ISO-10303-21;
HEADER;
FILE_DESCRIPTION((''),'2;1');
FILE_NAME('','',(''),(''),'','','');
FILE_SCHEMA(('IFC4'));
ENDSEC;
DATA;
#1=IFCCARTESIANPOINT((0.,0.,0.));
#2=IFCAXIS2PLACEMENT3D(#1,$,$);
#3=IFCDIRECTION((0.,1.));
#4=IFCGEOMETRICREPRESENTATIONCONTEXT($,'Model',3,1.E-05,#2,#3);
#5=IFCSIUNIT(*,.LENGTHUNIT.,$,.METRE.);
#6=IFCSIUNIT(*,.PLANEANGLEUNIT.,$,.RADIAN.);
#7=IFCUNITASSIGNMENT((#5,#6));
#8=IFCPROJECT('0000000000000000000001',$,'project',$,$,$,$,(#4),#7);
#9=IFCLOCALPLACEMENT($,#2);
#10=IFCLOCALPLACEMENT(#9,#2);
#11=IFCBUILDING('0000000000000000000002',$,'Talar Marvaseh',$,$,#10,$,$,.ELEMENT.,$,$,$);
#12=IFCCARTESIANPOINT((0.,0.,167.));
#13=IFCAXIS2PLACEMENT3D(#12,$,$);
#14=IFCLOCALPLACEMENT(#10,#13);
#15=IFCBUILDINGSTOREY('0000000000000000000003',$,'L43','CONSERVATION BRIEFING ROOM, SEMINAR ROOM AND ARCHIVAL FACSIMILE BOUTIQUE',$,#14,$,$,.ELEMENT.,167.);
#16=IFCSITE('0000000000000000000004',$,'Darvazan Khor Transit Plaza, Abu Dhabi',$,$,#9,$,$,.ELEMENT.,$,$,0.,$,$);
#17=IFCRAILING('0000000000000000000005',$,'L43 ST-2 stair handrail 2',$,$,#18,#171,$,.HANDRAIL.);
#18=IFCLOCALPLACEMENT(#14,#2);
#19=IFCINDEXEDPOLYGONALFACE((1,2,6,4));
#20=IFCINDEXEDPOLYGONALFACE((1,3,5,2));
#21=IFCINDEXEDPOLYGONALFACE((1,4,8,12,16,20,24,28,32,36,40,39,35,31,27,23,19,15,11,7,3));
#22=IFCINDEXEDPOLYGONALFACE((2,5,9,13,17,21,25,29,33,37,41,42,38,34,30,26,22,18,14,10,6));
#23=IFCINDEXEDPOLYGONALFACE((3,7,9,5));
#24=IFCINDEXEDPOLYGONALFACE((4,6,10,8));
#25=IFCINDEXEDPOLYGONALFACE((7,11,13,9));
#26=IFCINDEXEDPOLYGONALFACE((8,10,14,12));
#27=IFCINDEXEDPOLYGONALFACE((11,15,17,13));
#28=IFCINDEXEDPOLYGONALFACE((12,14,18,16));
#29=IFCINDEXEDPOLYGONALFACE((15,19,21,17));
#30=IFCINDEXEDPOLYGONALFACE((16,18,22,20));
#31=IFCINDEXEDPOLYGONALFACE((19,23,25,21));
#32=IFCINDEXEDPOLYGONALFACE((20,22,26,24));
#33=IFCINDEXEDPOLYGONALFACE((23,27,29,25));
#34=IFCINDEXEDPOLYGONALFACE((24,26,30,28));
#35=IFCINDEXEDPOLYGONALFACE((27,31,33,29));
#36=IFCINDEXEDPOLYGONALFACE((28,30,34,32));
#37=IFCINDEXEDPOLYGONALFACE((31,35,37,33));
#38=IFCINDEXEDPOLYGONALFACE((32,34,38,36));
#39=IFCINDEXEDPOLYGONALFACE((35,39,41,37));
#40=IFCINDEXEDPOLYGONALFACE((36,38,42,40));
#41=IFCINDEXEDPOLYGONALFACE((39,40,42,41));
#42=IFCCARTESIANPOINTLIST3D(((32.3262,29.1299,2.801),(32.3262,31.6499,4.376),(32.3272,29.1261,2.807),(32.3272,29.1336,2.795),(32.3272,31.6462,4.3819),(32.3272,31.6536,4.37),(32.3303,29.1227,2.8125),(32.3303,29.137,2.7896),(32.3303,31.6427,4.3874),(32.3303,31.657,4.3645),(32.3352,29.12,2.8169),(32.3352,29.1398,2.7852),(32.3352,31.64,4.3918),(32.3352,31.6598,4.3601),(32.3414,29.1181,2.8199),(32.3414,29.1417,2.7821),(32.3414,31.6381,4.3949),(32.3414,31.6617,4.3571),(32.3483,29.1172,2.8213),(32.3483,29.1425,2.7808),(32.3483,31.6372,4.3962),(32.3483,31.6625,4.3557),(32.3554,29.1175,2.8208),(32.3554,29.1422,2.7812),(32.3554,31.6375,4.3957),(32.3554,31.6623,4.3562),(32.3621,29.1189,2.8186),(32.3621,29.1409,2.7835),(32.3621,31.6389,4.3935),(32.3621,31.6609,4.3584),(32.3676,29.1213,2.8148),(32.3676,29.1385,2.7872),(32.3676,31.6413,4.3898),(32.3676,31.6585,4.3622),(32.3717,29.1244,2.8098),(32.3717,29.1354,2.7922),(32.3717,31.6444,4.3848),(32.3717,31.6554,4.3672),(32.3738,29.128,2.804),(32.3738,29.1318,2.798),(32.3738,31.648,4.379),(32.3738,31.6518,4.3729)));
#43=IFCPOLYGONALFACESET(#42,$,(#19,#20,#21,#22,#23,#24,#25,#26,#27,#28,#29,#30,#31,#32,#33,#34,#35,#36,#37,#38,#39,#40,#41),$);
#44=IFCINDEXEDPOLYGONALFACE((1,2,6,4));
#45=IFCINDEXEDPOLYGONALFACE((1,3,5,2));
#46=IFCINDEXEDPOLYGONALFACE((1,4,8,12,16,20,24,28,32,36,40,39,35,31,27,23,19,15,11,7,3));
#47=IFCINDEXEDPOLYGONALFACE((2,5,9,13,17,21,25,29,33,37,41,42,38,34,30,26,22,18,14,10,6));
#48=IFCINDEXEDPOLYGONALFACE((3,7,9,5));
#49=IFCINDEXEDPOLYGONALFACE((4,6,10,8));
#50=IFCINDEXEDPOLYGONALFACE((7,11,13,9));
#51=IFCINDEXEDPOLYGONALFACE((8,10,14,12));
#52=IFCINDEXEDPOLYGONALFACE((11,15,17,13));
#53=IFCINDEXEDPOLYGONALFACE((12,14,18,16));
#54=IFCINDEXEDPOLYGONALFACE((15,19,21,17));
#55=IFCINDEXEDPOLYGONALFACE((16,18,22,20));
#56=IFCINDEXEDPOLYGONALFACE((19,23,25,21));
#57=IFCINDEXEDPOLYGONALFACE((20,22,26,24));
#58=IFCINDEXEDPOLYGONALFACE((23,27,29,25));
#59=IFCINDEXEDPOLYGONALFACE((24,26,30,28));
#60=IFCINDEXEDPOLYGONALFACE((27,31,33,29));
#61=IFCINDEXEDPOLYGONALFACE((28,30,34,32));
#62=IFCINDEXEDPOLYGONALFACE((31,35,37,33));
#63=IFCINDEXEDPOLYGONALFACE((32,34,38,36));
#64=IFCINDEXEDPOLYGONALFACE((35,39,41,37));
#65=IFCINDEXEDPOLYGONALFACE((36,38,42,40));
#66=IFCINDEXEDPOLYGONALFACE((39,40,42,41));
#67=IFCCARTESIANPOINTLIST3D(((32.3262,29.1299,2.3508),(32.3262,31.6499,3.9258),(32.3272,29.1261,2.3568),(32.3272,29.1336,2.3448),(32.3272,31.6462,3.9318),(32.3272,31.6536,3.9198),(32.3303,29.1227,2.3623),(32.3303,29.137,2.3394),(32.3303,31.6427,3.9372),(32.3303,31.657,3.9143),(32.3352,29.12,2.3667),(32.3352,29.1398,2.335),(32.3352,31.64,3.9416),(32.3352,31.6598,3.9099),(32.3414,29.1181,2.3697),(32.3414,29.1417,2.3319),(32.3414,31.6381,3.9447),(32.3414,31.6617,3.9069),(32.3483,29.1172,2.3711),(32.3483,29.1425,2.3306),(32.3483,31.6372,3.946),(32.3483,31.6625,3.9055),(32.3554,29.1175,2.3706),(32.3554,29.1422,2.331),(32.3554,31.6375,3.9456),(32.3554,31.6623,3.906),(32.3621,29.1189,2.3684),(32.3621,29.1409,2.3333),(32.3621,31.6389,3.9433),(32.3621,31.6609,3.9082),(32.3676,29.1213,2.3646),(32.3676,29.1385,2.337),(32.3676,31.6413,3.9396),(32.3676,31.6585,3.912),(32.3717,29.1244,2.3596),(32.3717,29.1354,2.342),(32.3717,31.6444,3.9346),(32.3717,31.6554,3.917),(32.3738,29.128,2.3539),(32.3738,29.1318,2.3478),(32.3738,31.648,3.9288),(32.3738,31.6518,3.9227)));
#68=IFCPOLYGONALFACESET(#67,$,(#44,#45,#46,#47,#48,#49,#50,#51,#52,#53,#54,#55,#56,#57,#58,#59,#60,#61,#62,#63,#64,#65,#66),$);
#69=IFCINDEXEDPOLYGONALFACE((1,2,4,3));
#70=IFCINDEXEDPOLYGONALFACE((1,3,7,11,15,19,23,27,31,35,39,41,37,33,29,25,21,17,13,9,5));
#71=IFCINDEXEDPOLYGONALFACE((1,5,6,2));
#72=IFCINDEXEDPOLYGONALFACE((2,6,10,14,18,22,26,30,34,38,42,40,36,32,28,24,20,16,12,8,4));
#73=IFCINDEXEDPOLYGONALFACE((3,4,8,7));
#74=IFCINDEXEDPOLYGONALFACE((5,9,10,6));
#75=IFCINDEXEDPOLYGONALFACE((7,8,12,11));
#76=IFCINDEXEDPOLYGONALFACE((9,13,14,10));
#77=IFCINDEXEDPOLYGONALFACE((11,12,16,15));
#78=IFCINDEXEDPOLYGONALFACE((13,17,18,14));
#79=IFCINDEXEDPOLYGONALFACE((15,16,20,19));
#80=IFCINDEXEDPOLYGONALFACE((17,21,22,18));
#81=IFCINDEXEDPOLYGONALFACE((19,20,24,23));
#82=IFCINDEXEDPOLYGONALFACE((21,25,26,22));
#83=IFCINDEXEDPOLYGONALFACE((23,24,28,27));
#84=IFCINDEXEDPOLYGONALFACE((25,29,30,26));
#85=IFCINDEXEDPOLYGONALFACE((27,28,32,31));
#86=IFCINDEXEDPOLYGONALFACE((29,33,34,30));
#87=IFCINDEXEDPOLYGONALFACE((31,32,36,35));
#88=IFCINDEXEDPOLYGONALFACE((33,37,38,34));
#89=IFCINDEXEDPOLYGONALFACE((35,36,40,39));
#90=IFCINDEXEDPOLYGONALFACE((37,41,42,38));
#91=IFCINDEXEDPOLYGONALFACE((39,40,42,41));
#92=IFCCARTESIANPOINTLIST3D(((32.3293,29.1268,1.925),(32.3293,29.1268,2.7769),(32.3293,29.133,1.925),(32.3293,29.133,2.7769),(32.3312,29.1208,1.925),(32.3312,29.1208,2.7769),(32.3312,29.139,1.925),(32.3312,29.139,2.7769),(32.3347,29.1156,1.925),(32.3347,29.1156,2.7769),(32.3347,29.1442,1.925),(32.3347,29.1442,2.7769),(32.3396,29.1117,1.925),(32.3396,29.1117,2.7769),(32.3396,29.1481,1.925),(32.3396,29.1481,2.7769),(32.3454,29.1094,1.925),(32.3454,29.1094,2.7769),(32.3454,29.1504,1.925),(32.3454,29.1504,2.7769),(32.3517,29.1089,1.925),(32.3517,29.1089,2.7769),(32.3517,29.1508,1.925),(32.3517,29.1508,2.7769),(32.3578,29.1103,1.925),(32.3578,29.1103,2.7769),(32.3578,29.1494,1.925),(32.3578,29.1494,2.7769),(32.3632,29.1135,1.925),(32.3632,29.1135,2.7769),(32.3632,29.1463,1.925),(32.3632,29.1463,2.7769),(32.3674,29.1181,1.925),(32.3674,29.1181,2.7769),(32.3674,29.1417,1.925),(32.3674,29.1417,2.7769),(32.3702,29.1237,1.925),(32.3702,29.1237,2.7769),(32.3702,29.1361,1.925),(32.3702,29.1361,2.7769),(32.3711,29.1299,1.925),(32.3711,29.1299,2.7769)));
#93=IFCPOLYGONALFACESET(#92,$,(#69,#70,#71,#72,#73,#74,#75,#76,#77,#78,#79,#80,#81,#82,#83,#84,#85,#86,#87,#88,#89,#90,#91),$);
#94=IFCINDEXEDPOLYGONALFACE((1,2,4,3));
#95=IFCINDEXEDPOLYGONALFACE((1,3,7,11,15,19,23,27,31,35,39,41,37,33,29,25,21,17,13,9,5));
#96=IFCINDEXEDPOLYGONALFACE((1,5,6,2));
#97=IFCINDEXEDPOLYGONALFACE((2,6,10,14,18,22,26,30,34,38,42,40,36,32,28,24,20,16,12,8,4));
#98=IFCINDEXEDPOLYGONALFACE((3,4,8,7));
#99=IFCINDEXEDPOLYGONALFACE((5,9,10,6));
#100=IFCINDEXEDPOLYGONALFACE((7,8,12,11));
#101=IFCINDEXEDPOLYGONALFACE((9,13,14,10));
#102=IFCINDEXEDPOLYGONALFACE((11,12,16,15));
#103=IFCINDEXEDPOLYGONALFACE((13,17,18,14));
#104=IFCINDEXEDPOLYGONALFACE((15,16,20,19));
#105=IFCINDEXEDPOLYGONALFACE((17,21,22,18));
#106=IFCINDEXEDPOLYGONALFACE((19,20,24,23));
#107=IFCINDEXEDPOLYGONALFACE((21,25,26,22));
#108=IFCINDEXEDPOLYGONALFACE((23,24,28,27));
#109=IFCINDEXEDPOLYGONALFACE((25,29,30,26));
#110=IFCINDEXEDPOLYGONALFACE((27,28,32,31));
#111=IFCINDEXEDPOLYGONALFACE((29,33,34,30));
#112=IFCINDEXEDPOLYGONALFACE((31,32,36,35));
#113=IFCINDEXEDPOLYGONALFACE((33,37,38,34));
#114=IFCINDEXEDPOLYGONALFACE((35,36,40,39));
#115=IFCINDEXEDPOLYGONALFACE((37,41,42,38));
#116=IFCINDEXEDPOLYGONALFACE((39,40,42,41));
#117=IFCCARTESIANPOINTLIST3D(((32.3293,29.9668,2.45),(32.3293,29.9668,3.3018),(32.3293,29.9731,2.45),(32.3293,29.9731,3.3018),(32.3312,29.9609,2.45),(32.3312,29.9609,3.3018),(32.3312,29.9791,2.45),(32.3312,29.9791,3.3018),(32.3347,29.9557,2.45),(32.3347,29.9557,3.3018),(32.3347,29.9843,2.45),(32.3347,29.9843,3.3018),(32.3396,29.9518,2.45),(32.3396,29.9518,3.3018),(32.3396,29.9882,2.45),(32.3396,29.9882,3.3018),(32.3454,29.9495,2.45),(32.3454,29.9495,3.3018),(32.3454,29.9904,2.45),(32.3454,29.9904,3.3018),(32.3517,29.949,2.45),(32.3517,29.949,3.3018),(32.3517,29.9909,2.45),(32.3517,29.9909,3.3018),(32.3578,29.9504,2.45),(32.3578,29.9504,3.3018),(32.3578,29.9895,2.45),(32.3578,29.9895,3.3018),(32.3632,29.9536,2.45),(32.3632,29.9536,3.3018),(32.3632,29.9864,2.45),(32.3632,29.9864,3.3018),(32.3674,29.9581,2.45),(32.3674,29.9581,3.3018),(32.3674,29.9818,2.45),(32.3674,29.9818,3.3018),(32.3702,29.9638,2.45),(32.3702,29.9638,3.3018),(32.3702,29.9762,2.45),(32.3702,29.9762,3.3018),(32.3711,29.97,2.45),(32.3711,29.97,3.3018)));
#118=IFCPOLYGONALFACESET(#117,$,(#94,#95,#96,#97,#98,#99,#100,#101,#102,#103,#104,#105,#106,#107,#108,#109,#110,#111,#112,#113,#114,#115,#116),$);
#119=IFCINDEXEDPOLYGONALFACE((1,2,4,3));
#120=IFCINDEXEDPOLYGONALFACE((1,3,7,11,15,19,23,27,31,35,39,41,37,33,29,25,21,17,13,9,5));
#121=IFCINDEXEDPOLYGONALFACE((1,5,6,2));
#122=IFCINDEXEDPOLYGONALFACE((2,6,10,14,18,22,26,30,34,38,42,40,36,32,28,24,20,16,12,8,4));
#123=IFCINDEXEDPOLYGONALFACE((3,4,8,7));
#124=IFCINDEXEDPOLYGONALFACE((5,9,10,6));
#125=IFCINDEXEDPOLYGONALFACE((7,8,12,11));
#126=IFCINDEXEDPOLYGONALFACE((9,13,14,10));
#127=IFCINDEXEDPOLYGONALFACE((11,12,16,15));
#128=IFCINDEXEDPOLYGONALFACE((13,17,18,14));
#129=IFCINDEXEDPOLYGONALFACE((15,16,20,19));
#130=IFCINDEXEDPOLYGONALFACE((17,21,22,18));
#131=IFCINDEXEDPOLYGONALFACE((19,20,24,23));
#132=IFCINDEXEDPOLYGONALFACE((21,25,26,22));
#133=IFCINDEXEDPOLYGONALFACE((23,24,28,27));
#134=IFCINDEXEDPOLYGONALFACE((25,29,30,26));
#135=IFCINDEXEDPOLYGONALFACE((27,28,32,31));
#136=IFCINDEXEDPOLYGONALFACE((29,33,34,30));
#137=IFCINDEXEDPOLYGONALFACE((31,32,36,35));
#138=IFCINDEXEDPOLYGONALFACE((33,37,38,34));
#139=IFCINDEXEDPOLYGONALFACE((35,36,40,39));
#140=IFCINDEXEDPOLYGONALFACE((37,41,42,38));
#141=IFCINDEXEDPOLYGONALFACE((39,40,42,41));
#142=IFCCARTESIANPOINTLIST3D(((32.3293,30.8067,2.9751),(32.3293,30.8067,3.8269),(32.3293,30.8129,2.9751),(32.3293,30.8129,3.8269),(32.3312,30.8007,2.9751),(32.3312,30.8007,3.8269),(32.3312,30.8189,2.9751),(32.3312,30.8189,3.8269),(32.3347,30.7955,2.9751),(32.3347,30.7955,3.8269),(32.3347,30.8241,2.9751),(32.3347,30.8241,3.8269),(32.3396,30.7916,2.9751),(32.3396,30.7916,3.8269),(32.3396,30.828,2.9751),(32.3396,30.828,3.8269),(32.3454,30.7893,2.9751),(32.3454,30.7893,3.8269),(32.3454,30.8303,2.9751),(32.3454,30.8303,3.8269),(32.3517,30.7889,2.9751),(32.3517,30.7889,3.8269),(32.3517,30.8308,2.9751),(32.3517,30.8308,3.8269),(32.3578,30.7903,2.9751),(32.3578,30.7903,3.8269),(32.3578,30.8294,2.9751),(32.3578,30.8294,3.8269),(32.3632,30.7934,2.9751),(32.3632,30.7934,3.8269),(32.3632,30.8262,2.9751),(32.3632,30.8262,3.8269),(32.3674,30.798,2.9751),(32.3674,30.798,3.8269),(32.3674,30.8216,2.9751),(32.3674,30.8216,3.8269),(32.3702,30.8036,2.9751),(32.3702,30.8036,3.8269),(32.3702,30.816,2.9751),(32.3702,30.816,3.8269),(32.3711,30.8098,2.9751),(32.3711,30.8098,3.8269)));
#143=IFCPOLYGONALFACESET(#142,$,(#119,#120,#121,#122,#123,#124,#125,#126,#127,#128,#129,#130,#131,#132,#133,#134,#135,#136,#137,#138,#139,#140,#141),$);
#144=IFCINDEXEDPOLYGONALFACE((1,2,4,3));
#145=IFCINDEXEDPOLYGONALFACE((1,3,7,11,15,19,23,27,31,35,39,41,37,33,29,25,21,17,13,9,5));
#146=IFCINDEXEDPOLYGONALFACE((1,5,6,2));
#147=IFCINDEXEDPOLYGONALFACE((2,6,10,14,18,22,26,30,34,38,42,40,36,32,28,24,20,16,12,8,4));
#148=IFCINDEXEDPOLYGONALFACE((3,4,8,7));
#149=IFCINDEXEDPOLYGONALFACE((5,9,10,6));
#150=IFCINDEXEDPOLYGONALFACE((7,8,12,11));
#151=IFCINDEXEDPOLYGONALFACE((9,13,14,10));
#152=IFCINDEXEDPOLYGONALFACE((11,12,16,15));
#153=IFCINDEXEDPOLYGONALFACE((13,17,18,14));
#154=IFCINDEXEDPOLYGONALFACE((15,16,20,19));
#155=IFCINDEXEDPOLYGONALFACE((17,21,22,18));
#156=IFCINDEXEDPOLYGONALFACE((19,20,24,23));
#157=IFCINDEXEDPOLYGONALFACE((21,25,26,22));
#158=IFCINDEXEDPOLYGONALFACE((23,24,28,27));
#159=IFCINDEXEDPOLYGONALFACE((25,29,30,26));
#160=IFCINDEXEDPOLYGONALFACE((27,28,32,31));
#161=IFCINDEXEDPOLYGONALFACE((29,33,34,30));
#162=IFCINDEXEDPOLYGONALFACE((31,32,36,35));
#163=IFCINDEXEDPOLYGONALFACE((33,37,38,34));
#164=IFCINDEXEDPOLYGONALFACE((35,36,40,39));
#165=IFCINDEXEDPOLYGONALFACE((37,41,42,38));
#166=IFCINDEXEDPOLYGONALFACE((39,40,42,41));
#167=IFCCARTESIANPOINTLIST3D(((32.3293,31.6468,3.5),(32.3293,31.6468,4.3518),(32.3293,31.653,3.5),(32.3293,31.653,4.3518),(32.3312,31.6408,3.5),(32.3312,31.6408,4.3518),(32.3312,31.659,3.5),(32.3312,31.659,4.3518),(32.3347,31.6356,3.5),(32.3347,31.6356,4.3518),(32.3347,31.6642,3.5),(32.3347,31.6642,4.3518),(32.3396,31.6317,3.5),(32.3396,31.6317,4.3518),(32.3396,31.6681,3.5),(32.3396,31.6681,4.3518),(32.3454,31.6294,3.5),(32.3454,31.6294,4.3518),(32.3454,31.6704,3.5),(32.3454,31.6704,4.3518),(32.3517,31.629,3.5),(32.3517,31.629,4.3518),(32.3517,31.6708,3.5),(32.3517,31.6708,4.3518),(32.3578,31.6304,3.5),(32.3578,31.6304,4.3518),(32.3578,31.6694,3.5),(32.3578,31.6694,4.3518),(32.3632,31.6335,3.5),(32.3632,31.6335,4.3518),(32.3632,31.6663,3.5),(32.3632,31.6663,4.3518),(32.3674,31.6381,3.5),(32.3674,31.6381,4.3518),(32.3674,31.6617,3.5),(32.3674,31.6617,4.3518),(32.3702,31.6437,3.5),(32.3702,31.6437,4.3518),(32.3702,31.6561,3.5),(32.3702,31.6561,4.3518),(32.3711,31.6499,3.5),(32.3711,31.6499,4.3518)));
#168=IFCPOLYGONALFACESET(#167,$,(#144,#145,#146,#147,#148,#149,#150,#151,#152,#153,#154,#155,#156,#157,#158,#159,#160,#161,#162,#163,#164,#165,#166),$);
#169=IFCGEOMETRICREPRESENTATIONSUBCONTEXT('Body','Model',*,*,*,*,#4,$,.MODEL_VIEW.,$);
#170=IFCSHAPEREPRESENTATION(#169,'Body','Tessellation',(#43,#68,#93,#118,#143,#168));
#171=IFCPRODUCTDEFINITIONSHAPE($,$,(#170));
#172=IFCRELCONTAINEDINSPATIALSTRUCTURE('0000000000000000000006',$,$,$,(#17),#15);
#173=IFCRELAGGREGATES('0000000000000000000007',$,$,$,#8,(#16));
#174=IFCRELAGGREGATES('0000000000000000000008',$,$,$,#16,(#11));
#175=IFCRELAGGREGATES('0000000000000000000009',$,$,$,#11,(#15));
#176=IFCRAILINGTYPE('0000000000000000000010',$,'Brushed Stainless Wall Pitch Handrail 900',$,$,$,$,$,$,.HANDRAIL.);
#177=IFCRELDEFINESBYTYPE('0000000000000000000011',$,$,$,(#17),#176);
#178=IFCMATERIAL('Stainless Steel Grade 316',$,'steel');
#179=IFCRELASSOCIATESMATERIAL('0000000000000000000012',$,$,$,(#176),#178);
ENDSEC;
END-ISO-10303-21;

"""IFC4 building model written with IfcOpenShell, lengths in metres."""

from ifc_helpers import new_model, si_unit, direction, frame, origin, origin_2d, place, context, subcontext, project, spatial, circle, extrude, material, type_object, element, save


model = new_model("IFC4")

# Units and contexts
model_context = context("Model", 3, precision=1e-05, world=origin(), true_north=direction((0.0, 1.0)))
body_context = subcontext(model_context, "Body", "Model", "MODEL_VIEW")
ifc_project = project(units=[si_unit("LENGTHUNIT", "METRE"), si_unit("PLANEANGLEUNIT", "RADIAN")], contexts=[model_context])

# Site, building, storey
site_placement = place(None, origin())
site = spatial("IfcSite", under=ifc_project, at=site_placement, Name="Darvazan Khor Transit Plaza, Abu Dhabi", CompositionType="ELEMENT", RefElevation=0.0)
building_placement = place(site_placement, origin())
building = spatial("IfcBuilding", under=site, at=building_placement, Name="Talar Marvaseh", CompositionType="ELEMENT")
storey_placement = place(building_placement, frame((0.0, 0.0, 167.0)))
storey = spatial("IfcBuildingStorey", under=building, at=storey_placement, Name="L43", Description="CONSERVATION BRIEFING ROOM, SEMINAR ROOM AND ARCHIVAL FACSIMILE BOUTIQUE", CompositionType="ELEMENT", Elevation=167.0)

# Shared definitions
ifc_material_1 = material(Name="Stainless Steel Grade 316", Category="steel")

# Railing
railing_type_1 = type_object("IfcRailingType", Name="Brushed Stainless Wall Pitch Handrail 900", PredefinedType="HANDRAIL", material=ifc_material_1)
railing_1_placement = place(storey_placement, frame((32.3501, 29.1299, 1.925)))
element("IfcRailing", 1, at=railing_1_placement, inside=storey, type_object=railing_type_1, Name="L43 ST-2 stair handrail 2", PredefinedType="HANDRAIL", context=body_context, shape_type="SweptSolid", body=[
    extrude(circle(Radius=0.0239, at=origin_2d()), frame((0.0, 0.0, 0.876), z_axis=(0.0, 0.848008, 0.529984), x_axis=(-1.0, 0.0, 0.0)), (0.0, 0.0, 1.0), 2.9717),
    extrude(circle(Radius=0.0239, at=origin_2d()), frame((0.0, 0.0, 0.4258), z_axis=(0.0, 0.848008, 0.529984), x_axis=(-1.0, 0.0, 0.0)), (0.0, 0.0, 1.0), 2.9717),
    extrude(circle(Radius=0.021, at=origin_2d()), origin(), (0.0, 0.0, 1.0), 0.8518),
    extrude(circle(Radius=0.021, at=origin_2d()), frame((0.0, 0.8401, 0.5249)), (0.0, 0.0, 1.0), 0.8518),
    extrude(circle(Radius=0.021, at=origin_2d()), frame((0.0, 1.6799, 1.05)), (0.0, 0.0, 1.0), 0.8518),
    extrude(circle(Radius=0.021, at=origin_2d()), frame((0.0, 2.52, 1.575)), (0.0, 0.0, 1.0), 0.8518),
])

save(model, "model.ifc")
